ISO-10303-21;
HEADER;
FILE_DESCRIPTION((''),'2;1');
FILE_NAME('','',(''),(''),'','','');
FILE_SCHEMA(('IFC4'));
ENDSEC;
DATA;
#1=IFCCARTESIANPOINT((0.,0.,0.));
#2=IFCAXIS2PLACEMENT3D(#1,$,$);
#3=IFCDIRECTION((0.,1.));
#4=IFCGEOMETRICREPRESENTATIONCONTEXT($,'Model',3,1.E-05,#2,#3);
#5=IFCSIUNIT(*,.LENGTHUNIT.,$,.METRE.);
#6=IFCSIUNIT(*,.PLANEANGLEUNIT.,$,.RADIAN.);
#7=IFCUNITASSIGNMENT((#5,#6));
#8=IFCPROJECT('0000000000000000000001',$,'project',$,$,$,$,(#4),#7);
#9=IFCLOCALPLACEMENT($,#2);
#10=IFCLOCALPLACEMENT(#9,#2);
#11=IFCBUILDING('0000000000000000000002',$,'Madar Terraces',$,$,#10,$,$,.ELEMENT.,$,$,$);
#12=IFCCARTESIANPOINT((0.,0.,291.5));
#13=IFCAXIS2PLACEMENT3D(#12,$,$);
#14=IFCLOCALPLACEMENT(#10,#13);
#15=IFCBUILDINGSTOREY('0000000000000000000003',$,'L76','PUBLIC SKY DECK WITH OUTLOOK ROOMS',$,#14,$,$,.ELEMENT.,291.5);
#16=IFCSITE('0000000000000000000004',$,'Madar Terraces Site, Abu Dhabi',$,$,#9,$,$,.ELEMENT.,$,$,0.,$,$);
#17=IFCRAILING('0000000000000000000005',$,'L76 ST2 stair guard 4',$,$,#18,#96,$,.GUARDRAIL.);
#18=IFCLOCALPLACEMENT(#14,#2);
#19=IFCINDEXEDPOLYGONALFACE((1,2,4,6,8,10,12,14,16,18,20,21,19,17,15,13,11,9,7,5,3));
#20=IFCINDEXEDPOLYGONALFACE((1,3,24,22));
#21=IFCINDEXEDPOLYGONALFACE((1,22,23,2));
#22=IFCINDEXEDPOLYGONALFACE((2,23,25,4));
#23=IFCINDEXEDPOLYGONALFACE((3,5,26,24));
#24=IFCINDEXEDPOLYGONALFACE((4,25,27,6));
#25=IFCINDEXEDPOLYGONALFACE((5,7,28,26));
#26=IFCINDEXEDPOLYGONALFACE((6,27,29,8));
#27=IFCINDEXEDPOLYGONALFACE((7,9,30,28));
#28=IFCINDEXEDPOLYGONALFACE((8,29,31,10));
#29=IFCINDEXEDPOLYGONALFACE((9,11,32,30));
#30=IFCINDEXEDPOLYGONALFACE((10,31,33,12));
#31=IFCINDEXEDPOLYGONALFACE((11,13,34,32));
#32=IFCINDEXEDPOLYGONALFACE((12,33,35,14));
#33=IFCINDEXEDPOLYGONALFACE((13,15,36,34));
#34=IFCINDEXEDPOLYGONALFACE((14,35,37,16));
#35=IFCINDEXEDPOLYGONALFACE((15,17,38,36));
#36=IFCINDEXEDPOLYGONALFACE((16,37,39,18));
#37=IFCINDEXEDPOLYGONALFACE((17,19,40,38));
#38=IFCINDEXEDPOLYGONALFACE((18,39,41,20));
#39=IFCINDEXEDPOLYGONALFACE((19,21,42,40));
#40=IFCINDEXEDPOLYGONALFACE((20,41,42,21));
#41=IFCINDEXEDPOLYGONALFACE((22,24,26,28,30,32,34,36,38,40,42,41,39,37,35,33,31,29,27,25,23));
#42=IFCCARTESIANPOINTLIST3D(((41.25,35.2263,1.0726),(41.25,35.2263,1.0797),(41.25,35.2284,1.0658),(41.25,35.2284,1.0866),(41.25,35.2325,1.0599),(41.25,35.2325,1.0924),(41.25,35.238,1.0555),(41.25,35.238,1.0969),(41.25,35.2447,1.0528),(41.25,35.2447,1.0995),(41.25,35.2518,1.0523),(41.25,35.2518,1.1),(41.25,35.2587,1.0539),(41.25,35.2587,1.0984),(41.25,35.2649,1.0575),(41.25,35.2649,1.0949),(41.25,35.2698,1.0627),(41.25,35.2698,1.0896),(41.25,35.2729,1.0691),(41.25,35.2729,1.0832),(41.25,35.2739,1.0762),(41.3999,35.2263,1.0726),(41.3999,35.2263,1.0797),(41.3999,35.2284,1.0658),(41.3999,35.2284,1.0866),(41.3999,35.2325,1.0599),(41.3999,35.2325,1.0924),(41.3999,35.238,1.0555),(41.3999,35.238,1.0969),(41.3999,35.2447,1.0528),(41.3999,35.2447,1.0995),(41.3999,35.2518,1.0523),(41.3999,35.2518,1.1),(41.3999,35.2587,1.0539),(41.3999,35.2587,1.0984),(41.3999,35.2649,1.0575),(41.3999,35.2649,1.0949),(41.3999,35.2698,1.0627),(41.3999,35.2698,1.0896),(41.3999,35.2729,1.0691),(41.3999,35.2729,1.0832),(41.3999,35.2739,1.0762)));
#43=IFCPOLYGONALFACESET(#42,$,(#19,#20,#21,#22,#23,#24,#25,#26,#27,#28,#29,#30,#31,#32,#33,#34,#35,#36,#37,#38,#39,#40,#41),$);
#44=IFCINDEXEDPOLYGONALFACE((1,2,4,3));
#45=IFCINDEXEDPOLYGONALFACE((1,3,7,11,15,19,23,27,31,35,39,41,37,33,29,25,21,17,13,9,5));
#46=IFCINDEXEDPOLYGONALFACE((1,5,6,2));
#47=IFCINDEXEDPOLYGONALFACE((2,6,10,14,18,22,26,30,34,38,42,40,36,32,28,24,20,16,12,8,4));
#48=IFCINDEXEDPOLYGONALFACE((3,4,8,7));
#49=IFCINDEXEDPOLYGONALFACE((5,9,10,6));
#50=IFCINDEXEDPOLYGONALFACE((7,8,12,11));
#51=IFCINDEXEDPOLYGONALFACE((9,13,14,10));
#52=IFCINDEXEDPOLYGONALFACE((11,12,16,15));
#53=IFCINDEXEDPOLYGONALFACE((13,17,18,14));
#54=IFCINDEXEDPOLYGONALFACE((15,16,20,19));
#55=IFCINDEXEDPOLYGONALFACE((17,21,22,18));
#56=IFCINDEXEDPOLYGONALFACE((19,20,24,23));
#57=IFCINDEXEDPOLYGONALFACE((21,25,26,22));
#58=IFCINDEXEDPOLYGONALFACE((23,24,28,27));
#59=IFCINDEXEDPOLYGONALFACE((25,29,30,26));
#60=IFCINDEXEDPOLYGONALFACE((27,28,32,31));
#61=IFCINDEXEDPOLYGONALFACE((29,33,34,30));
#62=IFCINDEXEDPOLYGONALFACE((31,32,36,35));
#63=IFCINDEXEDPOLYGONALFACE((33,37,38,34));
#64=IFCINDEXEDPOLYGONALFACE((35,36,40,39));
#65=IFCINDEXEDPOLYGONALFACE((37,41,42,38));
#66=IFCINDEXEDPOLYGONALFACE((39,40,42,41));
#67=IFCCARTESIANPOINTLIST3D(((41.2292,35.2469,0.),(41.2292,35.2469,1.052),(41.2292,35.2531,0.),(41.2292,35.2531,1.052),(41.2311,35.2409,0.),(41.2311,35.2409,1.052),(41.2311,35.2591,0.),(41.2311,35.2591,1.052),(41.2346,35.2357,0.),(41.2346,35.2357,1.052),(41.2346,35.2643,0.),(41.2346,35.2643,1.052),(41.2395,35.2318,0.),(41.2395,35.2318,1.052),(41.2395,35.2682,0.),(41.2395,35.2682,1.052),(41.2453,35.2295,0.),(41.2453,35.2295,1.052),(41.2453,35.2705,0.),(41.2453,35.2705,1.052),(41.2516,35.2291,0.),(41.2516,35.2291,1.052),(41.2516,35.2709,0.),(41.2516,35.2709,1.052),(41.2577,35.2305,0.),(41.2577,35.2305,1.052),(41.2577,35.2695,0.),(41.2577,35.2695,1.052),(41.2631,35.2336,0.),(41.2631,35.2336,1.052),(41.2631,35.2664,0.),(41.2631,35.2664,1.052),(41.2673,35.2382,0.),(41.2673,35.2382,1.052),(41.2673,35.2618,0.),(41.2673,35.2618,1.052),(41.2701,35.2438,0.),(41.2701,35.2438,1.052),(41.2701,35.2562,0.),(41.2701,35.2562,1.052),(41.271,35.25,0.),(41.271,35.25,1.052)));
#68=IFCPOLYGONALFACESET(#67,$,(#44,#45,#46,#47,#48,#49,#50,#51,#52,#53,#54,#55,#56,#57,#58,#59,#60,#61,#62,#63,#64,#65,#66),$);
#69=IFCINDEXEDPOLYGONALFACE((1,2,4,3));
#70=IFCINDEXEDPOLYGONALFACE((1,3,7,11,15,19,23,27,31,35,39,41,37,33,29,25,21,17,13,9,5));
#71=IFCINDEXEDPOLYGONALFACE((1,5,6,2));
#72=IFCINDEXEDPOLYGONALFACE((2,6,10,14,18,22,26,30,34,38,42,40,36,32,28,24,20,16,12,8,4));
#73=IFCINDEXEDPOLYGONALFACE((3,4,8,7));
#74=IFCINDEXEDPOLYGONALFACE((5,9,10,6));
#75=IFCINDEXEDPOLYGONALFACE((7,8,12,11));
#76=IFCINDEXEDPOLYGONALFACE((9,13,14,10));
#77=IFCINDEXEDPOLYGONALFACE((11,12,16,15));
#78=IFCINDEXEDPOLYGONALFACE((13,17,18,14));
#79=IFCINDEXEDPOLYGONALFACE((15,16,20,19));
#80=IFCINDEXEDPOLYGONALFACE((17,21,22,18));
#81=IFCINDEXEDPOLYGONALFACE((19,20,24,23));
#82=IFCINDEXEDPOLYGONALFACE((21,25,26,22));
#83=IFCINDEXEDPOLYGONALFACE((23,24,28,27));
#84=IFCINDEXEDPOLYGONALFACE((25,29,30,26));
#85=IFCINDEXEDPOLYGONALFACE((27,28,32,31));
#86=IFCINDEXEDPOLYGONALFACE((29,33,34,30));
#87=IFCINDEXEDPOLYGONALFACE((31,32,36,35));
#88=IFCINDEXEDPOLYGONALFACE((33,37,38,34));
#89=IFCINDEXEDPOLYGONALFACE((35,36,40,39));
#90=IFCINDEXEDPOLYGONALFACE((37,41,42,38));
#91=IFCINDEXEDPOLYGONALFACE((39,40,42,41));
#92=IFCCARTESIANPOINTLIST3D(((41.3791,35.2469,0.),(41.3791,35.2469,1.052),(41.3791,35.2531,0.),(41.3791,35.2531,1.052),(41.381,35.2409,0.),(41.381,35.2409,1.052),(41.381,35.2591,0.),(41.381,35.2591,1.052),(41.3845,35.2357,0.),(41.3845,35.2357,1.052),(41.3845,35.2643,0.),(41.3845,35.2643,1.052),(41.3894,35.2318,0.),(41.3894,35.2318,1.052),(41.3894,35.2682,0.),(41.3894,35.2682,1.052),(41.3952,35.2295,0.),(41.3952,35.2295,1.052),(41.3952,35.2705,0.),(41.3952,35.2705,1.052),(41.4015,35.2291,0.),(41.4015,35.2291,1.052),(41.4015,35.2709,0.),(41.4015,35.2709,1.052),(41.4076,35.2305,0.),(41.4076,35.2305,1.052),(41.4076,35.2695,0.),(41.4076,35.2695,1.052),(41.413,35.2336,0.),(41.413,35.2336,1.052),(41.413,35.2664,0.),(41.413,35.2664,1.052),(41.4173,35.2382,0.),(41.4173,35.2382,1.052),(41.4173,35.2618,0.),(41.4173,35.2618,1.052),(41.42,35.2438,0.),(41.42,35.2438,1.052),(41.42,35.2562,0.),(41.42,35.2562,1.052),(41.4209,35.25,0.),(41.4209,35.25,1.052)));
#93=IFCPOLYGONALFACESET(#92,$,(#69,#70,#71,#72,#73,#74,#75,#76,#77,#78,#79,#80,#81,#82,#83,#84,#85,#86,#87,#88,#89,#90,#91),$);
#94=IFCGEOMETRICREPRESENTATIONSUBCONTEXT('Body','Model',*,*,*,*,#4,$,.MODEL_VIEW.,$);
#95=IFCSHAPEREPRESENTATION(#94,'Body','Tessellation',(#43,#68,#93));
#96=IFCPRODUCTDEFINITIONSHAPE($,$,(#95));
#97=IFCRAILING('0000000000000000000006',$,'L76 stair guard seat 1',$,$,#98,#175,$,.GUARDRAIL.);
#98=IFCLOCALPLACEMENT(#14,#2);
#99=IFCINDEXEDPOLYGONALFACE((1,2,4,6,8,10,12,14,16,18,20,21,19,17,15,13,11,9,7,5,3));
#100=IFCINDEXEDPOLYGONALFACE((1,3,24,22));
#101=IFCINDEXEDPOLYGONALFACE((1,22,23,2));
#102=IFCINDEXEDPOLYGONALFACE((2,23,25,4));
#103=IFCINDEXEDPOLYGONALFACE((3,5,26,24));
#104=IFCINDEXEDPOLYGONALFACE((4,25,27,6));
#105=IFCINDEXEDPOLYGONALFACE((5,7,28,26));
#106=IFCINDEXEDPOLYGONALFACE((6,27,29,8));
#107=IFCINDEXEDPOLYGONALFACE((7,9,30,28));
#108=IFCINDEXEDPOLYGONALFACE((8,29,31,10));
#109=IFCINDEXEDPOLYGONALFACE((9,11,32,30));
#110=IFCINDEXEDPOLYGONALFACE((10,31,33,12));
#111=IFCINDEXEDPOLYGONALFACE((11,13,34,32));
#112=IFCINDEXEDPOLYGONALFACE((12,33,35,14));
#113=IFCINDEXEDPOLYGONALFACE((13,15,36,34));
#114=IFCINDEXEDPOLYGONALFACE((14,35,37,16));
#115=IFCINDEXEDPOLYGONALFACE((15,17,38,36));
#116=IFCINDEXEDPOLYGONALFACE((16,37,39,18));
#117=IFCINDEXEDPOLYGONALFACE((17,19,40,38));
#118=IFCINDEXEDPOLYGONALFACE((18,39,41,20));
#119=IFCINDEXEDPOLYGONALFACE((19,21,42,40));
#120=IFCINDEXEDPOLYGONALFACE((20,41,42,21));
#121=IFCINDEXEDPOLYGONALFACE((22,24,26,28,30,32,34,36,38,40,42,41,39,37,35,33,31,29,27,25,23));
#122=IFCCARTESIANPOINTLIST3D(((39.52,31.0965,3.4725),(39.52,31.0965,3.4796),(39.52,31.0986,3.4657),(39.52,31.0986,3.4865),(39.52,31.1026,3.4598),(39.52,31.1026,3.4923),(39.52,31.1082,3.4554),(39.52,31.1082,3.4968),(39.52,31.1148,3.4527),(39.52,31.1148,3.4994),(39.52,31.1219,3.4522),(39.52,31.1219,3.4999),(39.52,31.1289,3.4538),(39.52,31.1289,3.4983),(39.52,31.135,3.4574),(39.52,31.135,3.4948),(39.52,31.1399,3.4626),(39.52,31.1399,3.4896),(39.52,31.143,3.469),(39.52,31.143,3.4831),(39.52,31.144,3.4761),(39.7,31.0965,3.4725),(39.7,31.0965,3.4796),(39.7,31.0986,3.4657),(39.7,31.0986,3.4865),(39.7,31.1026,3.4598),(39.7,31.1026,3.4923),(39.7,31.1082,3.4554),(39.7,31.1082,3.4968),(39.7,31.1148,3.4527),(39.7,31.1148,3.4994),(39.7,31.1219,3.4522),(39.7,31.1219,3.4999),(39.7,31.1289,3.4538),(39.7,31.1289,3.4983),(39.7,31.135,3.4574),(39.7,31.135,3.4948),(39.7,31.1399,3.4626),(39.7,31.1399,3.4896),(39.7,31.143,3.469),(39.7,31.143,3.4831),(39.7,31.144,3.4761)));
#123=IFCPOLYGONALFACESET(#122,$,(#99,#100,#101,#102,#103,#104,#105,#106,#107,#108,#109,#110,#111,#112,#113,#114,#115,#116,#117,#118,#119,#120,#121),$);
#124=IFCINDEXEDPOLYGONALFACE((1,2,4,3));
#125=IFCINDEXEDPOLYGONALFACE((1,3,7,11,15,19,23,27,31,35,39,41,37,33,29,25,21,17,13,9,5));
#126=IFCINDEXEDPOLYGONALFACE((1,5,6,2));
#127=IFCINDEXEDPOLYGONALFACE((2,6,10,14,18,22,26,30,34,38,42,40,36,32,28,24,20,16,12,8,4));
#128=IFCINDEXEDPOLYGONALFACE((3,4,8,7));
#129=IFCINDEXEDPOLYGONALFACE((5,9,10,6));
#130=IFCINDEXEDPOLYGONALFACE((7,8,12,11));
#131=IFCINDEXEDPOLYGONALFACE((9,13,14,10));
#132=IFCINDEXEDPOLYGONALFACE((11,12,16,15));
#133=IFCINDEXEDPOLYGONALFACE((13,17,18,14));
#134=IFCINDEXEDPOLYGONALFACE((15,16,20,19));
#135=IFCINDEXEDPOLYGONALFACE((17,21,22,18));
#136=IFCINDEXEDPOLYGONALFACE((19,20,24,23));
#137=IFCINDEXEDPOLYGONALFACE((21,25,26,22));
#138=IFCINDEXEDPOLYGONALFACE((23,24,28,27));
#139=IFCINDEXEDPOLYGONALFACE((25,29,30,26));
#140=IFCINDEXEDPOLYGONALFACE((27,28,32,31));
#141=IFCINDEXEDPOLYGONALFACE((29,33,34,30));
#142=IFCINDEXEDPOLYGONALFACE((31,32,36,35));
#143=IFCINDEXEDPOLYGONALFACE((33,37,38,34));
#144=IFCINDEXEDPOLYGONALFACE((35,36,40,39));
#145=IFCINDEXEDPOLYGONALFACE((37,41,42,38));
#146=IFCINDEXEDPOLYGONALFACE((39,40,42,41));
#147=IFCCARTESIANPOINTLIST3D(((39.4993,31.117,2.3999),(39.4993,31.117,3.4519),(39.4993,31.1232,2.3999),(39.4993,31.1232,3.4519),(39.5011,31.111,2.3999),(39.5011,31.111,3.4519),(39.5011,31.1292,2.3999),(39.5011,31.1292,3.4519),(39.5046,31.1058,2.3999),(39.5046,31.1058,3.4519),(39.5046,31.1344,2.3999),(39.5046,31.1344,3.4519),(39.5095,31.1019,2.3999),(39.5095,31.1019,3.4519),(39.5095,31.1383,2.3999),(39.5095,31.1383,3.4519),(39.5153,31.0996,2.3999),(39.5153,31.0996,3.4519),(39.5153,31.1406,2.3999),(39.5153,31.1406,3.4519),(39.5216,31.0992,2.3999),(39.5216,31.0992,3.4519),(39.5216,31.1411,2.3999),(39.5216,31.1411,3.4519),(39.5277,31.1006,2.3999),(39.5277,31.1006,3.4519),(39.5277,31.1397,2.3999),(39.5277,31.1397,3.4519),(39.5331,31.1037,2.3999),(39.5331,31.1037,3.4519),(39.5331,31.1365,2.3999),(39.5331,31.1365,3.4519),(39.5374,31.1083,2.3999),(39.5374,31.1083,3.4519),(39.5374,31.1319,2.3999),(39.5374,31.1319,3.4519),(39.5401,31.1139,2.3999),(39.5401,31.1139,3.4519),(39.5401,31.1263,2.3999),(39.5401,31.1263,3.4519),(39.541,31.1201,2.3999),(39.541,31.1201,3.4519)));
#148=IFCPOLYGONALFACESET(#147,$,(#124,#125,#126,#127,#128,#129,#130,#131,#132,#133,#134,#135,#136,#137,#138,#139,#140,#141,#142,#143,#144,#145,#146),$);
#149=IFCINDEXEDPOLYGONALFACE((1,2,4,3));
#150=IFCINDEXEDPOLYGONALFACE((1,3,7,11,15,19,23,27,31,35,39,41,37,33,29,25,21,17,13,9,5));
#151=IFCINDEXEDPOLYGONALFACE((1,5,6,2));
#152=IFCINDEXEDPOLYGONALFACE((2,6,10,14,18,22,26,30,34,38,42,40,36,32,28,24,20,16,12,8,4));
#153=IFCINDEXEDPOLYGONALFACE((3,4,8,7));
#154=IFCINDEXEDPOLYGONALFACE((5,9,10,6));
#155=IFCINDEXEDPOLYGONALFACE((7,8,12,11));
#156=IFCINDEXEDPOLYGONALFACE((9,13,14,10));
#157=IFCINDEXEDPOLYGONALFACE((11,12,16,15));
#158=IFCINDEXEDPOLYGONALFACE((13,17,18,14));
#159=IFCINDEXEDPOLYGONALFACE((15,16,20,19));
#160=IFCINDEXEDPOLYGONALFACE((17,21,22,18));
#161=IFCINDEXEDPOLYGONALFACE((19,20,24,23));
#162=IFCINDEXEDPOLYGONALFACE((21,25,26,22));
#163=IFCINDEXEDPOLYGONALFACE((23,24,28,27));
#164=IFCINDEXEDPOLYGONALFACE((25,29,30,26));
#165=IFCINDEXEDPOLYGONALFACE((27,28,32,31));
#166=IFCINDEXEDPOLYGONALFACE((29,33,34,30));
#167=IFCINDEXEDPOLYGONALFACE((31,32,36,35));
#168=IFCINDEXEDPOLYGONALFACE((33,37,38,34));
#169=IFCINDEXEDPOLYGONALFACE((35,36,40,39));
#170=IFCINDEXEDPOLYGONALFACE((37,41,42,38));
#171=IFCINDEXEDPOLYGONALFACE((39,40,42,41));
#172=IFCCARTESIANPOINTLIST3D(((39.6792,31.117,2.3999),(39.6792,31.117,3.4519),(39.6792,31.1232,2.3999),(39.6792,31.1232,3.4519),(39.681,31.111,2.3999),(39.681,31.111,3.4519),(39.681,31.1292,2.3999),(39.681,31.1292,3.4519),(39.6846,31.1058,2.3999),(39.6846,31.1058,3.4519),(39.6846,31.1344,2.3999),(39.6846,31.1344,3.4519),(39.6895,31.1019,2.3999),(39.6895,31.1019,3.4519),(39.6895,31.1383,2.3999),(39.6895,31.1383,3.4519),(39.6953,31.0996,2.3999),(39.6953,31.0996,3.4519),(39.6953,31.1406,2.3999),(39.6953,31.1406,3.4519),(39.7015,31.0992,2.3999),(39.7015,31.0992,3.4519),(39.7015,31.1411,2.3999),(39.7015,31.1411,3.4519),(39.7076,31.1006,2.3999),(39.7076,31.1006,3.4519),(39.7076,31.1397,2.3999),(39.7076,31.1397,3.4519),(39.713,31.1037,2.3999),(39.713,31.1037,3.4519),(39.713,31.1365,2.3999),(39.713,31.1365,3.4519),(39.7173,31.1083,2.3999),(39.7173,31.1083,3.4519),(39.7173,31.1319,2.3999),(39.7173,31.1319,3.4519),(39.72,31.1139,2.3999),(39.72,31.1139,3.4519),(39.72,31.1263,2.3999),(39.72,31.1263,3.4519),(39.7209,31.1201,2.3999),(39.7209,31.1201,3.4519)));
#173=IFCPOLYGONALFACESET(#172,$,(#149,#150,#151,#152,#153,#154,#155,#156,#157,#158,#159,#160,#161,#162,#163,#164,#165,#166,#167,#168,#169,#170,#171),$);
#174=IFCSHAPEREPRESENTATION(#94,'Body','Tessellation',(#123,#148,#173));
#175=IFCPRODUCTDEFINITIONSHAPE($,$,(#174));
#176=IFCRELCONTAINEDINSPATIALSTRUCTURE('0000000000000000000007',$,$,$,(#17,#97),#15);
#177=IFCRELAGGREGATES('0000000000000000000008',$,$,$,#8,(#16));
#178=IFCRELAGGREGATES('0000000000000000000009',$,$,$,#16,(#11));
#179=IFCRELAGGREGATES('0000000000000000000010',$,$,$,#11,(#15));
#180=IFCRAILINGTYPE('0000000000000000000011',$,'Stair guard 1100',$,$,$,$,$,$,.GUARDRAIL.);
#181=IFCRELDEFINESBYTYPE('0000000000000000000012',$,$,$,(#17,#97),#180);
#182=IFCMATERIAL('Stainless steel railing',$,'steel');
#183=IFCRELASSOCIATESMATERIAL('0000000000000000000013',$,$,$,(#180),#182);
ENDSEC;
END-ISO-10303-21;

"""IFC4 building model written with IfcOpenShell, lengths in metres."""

from ifc_helpers import new_model, si_unit, direction, frame, origin, origin_2d, place, context, subcontext, project, spatial, circle, extrude, material, type_object, element, save


model = new_model("IFC4")

# Units and contexts
model_context = context("Model", 3, precision=1e-05, world=origin(), true_north=direction((0.0, 1.0)))
body_context = subcontext(model_context, "Body", "Model", "MODEL_VIEW")
ifc_project = project(units=[si_unit("LENGTHUNIT", "METRE"), si_unit("PLANEANGLEUNIT", "RADIAN")], contexts=[model_context])

# Site, building, storey
site_placement = place(None, origin())
site = spatial("IfcSite", under=ifc_project, at=site_placement, Name="Madar Terraces Site, Abu Dhabi", CompositionType="ELEMENT", RefElevation=0.0)
building_placement = place(site_placement, origin())
building = spatial("IfcBuilding", under=site, at=building_placement, Name="Madar Terraces", CompositionType="ELEMENT")
storey_placement = place(building_placement, frame((0.0, 0.0, 291.5)))
storey = spatial("IfcBuildingStorey", under=building, at=storey_placement, Name="L76", Description="PUBLIC SKY DECK WITH OUTLOOK ROOMS", CompositionType="ELEMENT", Elevation=291.5)

# Railings
ifc_material_1 = material(Name="Stainless steel railing", Category="steel")
railing_type_1 = type_object("IfcRailingType", Name="Stair guard 1100", PredefinedType="GUARDRAIL", material=ifc_material_1)
railing_1_placement = place(storey_placement, frame((41.25, 35.25, 0.0)))
element("IfcRailing", 1, at=railing_1_placement, inside=storey, type_object=railing_type_1, Name="L76 ST2 stair guard 4", PredefinedType="GUARDRAIL", context=body_context, shape_type="SweptSolid", body=[
    extrude(circle(Radius=0.0239, at=origin_2d()), frame((0.0, 0.0, 1.0762), z_axis=(1.0, 0.0, 0.0), x_axis=(0.0, 1.0, 0.0)), (0.0, 0.0, 1.0), 0.1499),
    extrude(circle(Radius=0.021, at=origin_2d()), origin(), (0.0, 0.0, 1.0), 1.052),
    extrude(circle(Radius=0.021, at=origin_2d()), frame((0.1499, 0.0, 0.0)), (0.0, 0.0, 1.0), 1.052),
])
for number, where, name in (
    (2, (39.52, 31.1201, 2.3999), "L76 stair guard seat 1"),
):
    element("IfcRailing", number, at=place(storey_placement, frame(where)), inside=storey, type_object=railing_type_1, Name=name, PredefinedType="GUARDRAIL", context=body_context, shape_type="SweptSolid", body=[
        extrude(circle(Radius=0.0239, at=origin_2d()), frame((0.0, 0.0, 1.0762), z_axis=(1.0, 0.0, 0.0), x_axis=(0.0, 1.0, 0.0)), (0.0, 0.0, 1.0), 0.1799),
        extrude(circle(Radius=0.021, at=origin_2d()), origin(), (0.0, 0.0, 1.0), 1.052),
        extrude(circle(Radius=0.021, at=origin_2d()), frame((0.1799, 0.0, 0.0)), (0.0, 0.0, 1.0), 1.052),
    ])

save(model, "model.ifc")
